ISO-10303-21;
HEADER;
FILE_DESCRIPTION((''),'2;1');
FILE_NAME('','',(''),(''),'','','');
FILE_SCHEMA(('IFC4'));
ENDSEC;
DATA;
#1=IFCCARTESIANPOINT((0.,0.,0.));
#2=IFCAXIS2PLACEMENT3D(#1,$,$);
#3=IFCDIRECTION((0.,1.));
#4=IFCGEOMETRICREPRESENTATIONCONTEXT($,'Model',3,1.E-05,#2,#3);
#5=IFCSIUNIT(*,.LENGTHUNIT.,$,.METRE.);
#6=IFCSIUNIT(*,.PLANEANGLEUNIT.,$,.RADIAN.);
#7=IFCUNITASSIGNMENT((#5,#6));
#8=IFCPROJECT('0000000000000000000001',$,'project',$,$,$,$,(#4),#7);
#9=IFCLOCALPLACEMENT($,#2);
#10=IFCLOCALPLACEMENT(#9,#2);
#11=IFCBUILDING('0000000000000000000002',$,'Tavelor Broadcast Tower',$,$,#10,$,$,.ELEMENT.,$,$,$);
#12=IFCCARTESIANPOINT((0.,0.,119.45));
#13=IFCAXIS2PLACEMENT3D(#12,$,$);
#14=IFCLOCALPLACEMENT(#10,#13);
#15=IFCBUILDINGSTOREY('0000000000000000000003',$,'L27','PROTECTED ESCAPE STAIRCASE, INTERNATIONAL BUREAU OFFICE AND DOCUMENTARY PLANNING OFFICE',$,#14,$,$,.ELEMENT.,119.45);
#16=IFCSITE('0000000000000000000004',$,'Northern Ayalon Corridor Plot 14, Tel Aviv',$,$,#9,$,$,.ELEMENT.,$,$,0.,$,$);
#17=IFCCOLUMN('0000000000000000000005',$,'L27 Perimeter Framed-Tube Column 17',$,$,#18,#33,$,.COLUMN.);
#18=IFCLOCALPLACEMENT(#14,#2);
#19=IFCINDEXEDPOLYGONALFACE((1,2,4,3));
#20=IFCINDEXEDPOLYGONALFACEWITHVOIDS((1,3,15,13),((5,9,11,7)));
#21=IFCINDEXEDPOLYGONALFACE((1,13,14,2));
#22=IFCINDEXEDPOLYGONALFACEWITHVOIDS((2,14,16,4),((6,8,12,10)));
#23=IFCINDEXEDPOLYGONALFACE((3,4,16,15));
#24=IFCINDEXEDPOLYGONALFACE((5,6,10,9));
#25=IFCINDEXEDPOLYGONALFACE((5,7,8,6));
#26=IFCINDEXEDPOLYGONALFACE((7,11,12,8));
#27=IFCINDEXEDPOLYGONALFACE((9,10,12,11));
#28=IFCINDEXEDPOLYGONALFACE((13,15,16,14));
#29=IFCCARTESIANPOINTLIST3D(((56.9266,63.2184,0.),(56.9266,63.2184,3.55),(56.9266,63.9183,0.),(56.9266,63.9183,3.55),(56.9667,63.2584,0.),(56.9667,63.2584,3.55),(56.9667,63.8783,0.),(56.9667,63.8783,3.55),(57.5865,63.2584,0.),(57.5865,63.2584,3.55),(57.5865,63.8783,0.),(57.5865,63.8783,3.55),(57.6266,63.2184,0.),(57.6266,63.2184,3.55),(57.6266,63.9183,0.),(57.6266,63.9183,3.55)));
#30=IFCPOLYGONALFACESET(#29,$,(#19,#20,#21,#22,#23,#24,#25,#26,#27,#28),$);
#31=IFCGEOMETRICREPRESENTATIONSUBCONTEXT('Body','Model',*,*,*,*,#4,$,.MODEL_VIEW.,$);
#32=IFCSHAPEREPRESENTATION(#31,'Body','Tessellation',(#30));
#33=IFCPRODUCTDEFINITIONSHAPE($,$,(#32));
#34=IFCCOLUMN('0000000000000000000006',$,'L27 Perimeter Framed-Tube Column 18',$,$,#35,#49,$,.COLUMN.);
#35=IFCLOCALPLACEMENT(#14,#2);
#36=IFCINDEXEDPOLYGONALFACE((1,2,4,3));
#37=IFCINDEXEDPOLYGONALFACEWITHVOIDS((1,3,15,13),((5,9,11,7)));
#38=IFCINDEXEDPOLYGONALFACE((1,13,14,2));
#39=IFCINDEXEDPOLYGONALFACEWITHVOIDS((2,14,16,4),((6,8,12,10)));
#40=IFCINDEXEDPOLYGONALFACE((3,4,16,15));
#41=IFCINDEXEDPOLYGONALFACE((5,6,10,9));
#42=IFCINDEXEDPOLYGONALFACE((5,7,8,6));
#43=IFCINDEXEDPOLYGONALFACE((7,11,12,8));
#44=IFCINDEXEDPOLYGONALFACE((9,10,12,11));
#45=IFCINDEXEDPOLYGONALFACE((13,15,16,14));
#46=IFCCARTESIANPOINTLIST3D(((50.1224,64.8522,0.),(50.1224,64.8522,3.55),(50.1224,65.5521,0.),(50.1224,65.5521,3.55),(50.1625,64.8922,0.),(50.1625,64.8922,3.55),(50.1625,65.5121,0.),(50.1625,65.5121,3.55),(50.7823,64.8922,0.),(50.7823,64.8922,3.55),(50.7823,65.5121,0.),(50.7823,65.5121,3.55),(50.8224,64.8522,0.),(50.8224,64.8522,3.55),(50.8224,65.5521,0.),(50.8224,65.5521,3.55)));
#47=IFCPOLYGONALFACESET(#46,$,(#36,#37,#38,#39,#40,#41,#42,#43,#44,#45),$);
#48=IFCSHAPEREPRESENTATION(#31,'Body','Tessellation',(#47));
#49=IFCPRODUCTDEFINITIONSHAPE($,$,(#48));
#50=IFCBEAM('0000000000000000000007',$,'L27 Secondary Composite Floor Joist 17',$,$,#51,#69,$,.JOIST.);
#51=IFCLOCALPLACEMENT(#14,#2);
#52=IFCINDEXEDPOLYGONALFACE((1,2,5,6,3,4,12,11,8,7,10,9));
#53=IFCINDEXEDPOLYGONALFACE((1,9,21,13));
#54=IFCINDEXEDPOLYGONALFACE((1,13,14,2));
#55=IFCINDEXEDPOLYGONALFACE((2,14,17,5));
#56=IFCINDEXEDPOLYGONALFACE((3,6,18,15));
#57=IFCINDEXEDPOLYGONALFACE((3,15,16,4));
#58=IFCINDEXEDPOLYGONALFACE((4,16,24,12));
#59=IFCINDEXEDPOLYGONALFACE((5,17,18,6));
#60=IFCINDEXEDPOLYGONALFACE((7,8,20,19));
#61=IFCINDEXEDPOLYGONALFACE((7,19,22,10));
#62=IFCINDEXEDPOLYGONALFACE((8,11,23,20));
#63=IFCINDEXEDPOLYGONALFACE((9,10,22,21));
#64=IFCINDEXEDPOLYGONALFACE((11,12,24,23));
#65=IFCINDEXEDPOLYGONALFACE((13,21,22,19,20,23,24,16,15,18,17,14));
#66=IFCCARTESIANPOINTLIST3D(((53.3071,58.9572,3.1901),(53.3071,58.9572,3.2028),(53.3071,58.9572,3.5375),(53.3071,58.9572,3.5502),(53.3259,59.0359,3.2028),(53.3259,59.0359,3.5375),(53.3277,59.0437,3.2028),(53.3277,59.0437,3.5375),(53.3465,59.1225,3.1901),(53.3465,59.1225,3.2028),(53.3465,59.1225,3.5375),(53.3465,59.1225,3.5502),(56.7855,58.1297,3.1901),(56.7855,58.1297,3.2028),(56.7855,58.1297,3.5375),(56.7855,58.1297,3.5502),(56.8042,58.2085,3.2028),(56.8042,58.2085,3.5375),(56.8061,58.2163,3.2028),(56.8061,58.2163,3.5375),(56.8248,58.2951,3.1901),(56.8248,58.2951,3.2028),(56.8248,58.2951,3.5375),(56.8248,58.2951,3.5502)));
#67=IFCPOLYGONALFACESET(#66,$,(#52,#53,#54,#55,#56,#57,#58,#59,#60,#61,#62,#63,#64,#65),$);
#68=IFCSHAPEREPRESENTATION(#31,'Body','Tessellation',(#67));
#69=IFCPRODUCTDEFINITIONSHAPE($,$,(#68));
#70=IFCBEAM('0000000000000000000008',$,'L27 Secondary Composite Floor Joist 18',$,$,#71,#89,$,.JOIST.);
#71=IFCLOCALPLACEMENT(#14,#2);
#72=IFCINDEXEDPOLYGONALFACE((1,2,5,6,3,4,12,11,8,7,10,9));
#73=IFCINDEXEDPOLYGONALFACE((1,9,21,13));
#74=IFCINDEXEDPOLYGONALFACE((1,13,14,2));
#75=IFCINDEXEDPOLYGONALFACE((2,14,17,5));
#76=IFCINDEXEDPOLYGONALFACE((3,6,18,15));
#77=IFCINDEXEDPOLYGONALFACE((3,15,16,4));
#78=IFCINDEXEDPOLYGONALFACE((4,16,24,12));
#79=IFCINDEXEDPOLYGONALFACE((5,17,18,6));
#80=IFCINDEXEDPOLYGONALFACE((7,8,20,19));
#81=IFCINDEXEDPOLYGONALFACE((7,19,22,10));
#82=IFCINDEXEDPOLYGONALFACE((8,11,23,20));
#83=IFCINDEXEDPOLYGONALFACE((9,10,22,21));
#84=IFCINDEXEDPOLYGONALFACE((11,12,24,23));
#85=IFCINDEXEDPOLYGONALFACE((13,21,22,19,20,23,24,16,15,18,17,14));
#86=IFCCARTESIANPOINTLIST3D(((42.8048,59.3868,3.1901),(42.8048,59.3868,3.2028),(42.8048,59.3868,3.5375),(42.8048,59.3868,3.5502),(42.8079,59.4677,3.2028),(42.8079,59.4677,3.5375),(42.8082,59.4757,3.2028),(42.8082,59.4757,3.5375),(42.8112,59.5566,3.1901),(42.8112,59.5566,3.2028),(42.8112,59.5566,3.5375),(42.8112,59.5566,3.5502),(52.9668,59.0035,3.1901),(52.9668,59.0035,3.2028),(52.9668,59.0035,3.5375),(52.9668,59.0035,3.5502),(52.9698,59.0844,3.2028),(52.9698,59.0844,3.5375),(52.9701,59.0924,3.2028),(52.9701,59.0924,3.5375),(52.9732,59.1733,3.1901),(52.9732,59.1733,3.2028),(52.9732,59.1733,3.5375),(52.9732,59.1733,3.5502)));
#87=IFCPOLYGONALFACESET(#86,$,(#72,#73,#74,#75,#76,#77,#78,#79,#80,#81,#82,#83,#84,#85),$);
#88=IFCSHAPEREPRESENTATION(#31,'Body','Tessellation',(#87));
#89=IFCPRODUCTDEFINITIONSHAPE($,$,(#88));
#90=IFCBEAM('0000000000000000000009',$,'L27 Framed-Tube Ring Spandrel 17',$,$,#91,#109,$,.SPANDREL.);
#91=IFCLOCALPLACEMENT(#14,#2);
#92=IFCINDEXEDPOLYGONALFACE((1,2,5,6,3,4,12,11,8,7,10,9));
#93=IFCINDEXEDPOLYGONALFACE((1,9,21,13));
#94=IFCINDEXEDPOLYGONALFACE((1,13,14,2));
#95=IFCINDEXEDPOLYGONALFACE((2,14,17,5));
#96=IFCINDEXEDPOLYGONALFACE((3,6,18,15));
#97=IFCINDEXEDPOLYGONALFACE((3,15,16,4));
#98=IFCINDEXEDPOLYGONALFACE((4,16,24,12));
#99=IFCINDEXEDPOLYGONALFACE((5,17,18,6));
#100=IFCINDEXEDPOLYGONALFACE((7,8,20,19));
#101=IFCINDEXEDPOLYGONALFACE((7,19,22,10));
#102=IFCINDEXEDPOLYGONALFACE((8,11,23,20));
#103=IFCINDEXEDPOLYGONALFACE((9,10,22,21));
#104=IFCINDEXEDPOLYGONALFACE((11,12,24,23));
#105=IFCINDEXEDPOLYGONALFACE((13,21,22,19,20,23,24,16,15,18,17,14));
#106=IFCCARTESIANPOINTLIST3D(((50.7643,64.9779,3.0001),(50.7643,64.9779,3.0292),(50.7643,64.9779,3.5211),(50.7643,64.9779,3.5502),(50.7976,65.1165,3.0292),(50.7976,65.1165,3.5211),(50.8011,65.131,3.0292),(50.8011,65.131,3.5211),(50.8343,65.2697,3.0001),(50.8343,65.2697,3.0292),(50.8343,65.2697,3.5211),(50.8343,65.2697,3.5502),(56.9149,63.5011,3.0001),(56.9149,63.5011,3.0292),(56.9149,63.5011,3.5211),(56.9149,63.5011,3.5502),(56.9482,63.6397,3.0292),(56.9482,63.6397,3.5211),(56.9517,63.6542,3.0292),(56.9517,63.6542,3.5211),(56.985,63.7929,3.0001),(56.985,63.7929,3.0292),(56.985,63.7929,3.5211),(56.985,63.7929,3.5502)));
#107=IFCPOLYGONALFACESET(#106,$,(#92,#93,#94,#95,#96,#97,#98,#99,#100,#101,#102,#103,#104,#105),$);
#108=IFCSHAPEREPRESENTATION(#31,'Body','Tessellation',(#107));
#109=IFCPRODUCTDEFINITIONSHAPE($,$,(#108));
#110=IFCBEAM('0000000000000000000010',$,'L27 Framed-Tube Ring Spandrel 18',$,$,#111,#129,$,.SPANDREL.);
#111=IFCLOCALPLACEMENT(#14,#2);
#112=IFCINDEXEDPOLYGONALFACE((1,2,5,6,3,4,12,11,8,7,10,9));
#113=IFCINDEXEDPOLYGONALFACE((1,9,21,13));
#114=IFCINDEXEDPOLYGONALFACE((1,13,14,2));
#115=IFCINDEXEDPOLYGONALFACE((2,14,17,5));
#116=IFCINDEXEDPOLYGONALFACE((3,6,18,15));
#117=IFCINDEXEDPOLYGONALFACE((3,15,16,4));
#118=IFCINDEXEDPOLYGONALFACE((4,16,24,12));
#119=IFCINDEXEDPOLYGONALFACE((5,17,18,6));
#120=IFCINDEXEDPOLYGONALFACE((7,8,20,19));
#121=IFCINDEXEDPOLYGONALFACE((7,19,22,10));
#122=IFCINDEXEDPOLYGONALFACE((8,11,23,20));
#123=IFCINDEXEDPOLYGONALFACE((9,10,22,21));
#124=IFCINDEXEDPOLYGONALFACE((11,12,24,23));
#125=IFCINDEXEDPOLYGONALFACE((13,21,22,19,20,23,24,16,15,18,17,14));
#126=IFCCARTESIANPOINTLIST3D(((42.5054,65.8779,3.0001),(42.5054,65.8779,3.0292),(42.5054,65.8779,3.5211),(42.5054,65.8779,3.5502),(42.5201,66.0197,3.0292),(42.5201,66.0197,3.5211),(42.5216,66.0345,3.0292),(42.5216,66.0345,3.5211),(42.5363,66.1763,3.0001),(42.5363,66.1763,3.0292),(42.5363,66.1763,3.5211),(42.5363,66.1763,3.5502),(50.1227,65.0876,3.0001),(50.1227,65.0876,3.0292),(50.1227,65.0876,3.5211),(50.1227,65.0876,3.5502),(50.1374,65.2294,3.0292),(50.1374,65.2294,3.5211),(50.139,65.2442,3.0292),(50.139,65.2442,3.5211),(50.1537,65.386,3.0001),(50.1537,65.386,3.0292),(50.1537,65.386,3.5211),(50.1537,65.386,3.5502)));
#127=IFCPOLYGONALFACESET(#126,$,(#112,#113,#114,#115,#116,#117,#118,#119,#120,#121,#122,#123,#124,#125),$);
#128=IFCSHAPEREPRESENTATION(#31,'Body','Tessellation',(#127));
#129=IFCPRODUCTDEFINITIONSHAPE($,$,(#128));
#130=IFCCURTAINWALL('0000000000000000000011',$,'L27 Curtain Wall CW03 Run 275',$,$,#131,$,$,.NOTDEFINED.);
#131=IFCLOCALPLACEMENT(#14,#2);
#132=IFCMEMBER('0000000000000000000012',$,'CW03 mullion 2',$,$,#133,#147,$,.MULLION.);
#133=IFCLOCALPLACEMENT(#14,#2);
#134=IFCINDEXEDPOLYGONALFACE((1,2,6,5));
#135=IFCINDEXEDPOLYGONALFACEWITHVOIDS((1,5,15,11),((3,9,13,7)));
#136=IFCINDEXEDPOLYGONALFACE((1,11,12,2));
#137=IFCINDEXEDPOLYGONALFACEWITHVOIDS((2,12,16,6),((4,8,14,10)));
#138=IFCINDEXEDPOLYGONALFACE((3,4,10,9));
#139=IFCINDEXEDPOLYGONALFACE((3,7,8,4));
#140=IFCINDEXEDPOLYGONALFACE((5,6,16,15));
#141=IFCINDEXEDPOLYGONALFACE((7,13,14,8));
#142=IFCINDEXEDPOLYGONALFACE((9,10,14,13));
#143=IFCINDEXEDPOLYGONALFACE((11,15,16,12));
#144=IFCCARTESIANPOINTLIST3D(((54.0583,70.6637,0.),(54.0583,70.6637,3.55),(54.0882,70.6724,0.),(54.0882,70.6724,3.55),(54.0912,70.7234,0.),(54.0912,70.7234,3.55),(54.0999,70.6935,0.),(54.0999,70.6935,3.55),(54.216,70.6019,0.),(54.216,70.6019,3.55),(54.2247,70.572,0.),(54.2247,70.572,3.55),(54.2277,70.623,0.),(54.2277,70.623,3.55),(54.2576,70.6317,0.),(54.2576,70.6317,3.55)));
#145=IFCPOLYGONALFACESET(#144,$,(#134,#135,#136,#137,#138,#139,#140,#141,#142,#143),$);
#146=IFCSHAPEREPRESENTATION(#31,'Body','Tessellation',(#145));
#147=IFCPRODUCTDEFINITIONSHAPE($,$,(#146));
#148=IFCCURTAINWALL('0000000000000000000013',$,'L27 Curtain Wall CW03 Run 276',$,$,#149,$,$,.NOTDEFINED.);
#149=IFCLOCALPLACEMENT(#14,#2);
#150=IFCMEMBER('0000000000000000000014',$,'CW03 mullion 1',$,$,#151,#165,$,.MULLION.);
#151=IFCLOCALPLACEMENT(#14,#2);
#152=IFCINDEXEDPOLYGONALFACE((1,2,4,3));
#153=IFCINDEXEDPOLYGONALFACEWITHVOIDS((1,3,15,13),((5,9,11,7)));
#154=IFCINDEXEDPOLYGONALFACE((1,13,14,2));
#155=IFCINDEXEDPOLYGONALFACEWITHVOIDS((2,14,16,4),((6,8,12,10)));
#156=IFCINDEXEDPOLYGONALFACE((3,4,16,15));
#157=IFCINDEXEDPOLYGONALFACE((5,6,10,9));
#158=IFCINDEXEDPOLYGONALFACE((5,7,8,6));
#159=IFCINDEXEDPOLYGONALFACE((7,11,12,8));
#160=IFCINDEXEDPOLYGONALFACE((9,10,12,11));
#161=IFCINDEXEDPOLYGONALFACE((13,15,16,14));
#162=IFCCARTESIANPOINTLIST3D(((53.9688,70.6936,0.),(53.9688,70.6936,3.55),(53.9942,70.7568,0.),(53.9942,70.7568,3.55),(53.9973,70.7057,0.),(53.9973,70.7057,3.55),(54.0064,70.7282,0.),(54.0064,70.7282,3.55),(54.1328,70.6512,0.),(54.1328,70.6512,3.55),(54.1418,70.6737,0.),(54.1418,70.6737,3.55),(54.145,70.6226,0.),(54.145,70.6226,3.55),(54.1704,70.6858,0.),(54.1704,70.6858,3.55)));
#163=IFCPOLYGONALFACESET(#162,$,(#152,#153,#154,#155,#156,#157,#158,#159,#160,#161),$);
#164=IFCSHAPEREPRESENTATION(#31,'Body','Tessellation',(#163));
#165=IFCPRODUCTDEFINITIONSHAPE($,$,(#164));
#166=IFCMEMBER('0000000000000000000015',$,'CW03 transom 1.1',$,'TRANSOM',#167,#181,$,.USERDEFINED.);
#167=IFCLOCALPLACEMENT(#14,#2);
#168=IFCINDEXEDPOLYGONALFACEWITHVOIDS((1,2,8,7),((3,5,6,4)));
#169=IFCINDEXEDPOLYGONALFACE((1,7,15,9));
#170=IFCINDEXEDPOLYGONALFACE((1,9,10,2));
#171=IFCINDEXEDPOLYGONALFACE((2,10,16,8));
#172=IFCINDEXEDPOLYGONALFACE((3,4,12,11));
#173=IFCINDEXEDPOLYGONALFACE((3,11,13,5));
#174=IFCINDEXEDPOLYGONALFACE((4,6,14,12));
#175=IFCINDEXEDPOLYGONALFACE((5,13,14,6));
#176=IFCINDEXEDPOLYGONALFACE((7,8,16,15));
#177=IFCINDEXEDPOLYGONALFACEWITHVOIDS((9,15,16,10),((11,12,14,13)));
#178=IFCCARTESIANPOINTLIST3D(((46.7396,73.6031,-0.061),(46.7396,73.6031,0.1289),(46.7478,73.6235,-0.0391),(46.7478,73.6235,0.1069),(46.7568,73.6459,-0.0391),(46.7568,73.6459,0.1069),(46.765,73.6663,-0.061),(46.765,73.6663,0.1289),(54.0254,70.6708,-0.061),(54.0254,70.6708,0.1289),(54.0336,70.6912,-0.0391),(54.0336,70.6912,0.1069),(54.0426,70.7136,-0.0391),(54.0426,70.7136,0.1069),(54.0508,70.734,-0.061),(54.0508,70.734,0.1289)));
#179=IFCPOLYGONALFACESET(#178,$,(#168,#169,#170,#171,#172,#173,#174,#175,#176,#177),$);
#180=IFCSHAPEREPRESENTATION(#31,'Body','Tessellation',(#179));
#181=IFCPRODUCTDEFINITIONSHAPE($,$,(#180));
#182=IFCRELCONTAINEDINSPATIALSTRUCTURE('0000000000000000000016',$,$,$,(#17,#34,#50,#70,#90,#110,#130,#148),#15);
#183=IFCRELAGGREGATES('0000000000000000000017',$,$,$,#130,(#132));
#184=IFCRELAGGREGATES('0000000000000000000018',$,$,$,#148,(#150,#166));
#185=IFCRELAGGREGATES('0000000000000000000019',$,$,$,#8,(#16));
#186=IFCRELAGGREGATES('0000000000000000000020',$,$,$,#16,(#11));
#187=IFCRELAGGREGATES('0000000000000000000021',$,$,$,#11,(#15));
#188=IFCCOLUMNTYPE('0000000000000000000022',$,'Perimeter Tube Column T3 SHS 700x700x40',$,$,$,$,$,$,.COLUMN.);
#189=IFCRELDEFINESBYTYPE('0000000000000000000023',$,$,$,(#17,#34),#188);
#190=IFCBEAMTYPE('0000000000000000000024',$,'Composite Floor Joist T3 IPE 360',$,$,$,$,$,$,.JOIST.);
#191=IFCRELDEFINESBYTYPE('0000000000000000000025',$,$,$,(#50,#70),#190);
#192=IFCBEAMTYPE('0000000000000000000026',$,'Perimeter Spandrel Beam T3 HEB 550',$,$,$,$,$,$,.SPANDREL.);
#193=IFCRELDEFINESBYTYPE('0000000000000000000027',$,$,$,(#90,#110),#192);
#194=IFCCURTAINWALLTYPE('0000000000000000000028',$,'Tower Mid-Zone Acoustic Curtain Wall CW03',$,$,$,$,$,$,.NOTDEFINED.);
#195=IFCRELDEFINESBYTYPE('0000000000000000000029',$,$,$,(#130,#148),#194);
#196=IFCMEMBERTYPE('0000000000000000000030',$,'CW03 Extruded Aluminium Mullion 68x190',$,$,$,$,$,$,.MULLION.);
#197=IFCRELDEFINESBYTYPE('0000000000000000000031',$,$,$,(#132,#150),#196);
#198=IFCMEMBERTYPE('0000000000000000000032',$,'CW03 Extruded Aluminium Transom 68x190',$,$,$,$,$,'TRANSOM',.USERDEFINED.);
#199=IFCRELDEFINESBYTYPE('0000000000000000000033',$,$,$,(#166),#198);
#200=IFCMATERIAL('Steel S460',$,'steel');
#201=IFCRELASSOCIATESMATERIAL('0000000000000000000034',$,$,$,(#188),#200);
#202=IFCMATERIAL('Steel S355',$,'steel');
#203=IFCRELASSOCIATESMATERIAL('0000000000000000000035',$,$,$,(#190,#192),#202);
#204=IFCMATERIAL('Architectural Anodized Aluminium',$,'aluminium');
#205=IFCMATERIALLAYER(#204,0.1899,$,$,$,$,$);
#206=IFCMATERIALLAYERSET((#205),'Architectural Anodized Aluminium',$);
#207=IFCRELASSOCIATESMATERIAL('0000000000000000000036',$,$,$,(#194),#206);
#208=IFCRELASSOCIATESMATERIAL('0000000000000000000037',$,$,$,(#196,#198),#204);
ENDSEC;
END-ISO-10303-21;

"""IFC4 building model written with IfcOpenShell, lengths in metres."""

from ifc_helpers import new_model, si_unit, direction, frame, origin, origin_2d, place, context, subcontext, project, spatial, hollow_rectangle, i_section, extrude, source, transform, mapped, material, layer, layer_set, material_profile, profile_set, type_object, type_shapes, element, aggregate, save


model = new_model("IFC4")

# Units and contexts
model_context = context("Model", 3, precision=1e-05, world=origin(), true_north=direction((0.0, 1.0)))
body_context = subcontext(model_context, "Body", "Model", "MODEL_VIEW")
ifc_project = project(units=[si_unit("LENGTHUNIT", "METRE"), si_unit("PLANEANGLEUNIT", "RADIAN")], contexts=[model_context])

# Site, building, storey
site_placement = place(None, origin())
site = spatial("IfcSite", under=ifc_project, at=site_placement, Name="Northern Ayalon Corridor Plot 14, Tel Aviv", CompositionType="ELEMENT", RefElevation=0.0)
building_placement = place(site_placement, origin())
building = spatial("IfcBuilding", under=site, at=building_placement, Name="Tavelor Broadcast Tower", CompositionType="ELEMENT")
storey_placement = place(building_placement, frame((0.0, 0.0, 119.45)))
storey = spatial("IfcBuildingStorey", under=building, at=storey_placement, Name="L27", Description="PROTECTED ESCAPE STAIRCASE, INTERNATIONAL BUREAU OFFICE AND DOCUMENTARY PLANNING OFFICE", CompositionType="ELEMENT", Elevation=119.45)

# Columns
ifc_material_1 = material(Name="Steel S460", Category="steel")
ifc_material_profile_1 = material_profile(ifc_material_1, hollow_rectangle(XDim=0.7, YDim=0.7, WallThickness=0.04, at=origin_2d()), Name="SHS 700x700x40")
ifc_profile_set_1 = profile_set([ifc_material_profile_1], Name="Steel S460")
column_type = type_object("IfcColumnType", Name="Perimeter Tube Column T3 SHS 700x700x40", PredefinedType="COLUMN", material=ifc_profile_set_1)
for number, where, z_axis, x_axis, name in (
    (1, (57.2766, 63.5684, 0.0), (0.0, 0.0, 1.0), (1.0, 0.0, 0.0), "L27 Perimeter Framed-Tube Column 17"),
    (2, (50.4724, 65.2021, 0.0), (0.0, 0.0, 1.0), (1.0, 0.0, 0.0), "L27 Perimeter Framed-Tube Column 18"),
):
    element("IfcColumn", number, at=place(storey_placement, frame(where, z_axis=z_axis, x_axis=x_axis)), inside=storey, type_object=column_type, Name=name, PredefinedType="COLUMN", context=body_context, shape_type="SweptSolid", body=[
        extrude(hollow_rectangle(XDim=0.7, YDim=0.7, WallThickness=0.04, at=origin_2d()), origin(), (0.0, 0.0, 1.0), 3.55),
    ])

# Beams
ifc_material_2 = material(Name="Steel S355", Category="steel")
ifc_material_profile_2 = material_profile(ifc_material_2, i_section(OverallWidth=0.1699, OverallDepth=0.3601, WebThickness=0.0081, FlangeThickness=0.0127, at=origin_2d()), Name="IPE 360")
ifc_profile_set_2 = profile_set([ifc_material_profile_2], Name="Steel S355")
beam_type_1 = type_object("IfcBeamType", Name="Composite Floor Joist T3 IPE 360", PredefinedType="JOIST", material=ifc_profile_set_2)
beam_1_placement = place(storey_placement, frame((56.8052, 58.2124, 3.3701), z_axis=(-0.972855, 0.231417, 0.0), x_axis=(-0.231417, -0.972855, 0.0)))
element("IfcBeam", 3, at=beam_1_placement, inside=storey, type_object=beam_type_1, Name="L27 Secondary Composite Floor Joist 17", PredefinedType="JOIST", context=body_context, shape_type="SweptSolid", body=[
    extrude(i_section(OverallWidth=0.1699, OverallDepth=0.3601, WebThickness=0.0081, FlangeThickness=0.0127, at=origin_2d()), origin(), (0.0, 0.0, 1.0), 3.5754),
])
beam_2_placement = place(storey_placement, frame((52.97, 59.0884, 3.3701), z_axis=(-0.999289, 0.037693, 0.0), x_axis=(-0.037693, -0.999289, 0.0)))
element("IfcBeam", 4, at=beam_2_placement, inside=storey, type_object=beam_type_1, Name="L27 Secondary Composite Floor Joist 18", PredefinedType="JOIST", context=body_context, shape_type="SweptSolid", body=[
    extrude(i_section(OverallWidth=0.1699, OverallDepth=0.3601, WebThickness=0.0081, FlangeThickness=0.0127, at=origin_2d()), origin(), (0.0, 0.0, 1.0), 10.1692),
])
ifc_material_profile_3 = material_profile(ifc_material_2, i_section(OverallWidth=0.3, OverallDepth=0.55, WebThickness=0.0149, FlangeThickness=0.0291, at=origin_2d()), Name="HEB 550")
ifc_profile_set_3 = profile_set([ifc_material_profile_3], Name="Steel S355")
beam_type_2 = type_object("IfcBeamType", Name="Perimeter Spandrel Beam T3 HEB 550", PredefinedType="SPANDREL", material=ifc_profile_set_3)
beam_3_placement = place(storey_placement, frame((56.95, 63.647, 3.2751), z_axis=(-0.972364, 0.233471, 0.0), x_axis=(-0.233471, -0.972364, 0.0)))
element("IfcBeam", 5, at=beam_3_placement, inside=storey, type_object=beam_type_2, Name="L27 Framed-Tube Ring Spandrel 17", PredefinedType="SPANDREL", context=body_context, shape_type="SweptSolid", body=[
    extrude(i_section(OverallWidth=0.3, OverallDepth=0.55, WebThickness=0.0149, FlangeThickness=0.0291, at=origin_2d()), origin(), (0.0, 0.0, 1.0), 6.3254),
])
beam_4_placement = place(storey_placement, frame((50.1382, 65.2368, 3.2751), z_axis=(-0.994661, 0.103193, 0.0), x_axis=(-0.103193, -0.994661, 0.0)))
element("IfcBeam", 6, at=beam_4_placement, inside=storey, type_object=beam_type_2, Name="L27 Framed-Tube Ring Spandrel 18", PredefinedType="SPANDREL", context=body_context, shape_type="SweptSolid", body=[
    extrude(i_section(OverallWidth=0.3, OverallDepth=0.55, WebThickness=0.0149, FlangeThickness=0.0291, at=origin_2d()), origin(), (0.0, 0.0, 1.0), 7.6582),
])

# Curtain wall, member
ifc_material_3 = material(Name="Architectural Anodized Aluminium", Category="aluminium")
ifc_layer_1 = layer(ifc_material_3, 0.1899)
ifc_layer_set_1 = layer_set([ifc_layer_1], Name="Architectural Anodized Aluminium")
curtain_wall_type = type_object("IfcCurtainWallType", Name="Tower Mid-Zone Acoustic Curtain Wall CW03", PredefinedType="NOTDEFINED", material=ifc_layer_set_1)
curtain_wall_1_placement = place(storey_placement, origin())
curtain_wall_1 = element("IfcCurtainWall", 7, at=curtain_wall_1_placement, inside=storey, type_object=curtain_wall_type, Name="L27 Curtain Wall CW03 Run 275", PredefinedType="NOTDEFINED")
ifc_material_profile_4 = material_profile(ifc_material_3, hollow_rectangle(XDim=0.0681, YDim=0.1899, WallThickness=0.022, at=origin_2d()), Name="RHS 68x190x22")
ifc_profile_set_4 = profile_set([ifc_material_profile_4], Name="Architectural Anodized Aluminium")
member_type_1 = type_object("IfcMemberType", Name="CW03 Extruded Aluminium Mullion 68x190", PredefinedType="MULLION", material=ifc_profile_set_4)
shared_shape_1 = source(origin(), body_context, "Body", "SweptSolid", [
    extrude(hollow_rectangle(XDim=0.0681, YDim=0.1899, WallThickness=0.022, at=origin_2d()), origin(), (0.0, 0.0, 1.0), 3.55),
])
type_shapes(member_type_1, [shared_shape_1])
member_1_placement = place(storey_placement, frame((54.158, 70.6477, 0.0), z_axis=(0.0, 0.0, 1.0), x_axis=(-0.482888, -0.875682, 0.0)))
member_1 = element("IfcMember", 8, at=member_1_placement, type_object=member_type_1, Name="CW03 mullion 2", PredefinedType="MULLION", context=body_context, shape_type="MappedRepresentation", body=[
    mapped(shared_shape_1, transform((0.0, 0.0, 0.0), scale=1.0)),
])

# Curtain wall, members
curtain_wall_2_placement = place(storey_placement, origin())
curtain_wall_2 = element("IfcCurtainWall", 9, at=curtain_wall_2_placement, inside=storey, type_object=curtain_wall_type, Name="L27 Curtain Wall CW03 Run 276", PredefinedType="NOTDEFINED")
member_2_placement = place(storey_placement, frame((54.0696, 70.6897, 0.0), z_axis=(0.0, 0.0, 1.0), x_axis=(-0.373371, -0.927682, 0.0)))
member_2 = element("IfcMember", 10, at=member_2_placement, type_object=member_type_1, Name="CW03 mullion 1", PredefinedType="MULLION", context=body_context, shape_type="MappedRepresentation", body=[
    mapped(shared_shape_1, transform((0.0, 0.0, 0.0), scale=1.0)),
])
ifc_material_profile_5 = material_profile(ifc_material_3, hollow_rectangle(XDim=0.0681, YDim=0.1899, WallThickness=0.022, at=origin_2d()), Name="RHS 68x190x22")
ifc_profile_set_5 = profile_set([ifc_material_profile_5], Name="Architectural Anodized Aluminium")
member_type_2 = type_object("IfcMemberType", Name="CW03 Extruded Aluminium Transom 68x190", ElementType="TRANSOM", PredefinedType="USERDEFINED", material=ifc_profile_set_5)
shared_shape_2 = source(origin(), body_context, "Body", "SweptSolid", [
    extrude(hollow_rectangle(XDim=0.0681, YDim=0.1899, WallThickness=0.022, at=origin_2d()), origin(), (0.0, 0.0, 1.0), 7.8538),
])
type_shapes(member_type_2, [shared_shape_2])
member_3_placement = place(storey_placement, frame((54.0381, 70.7024, 0.0339), z_axis=(-0.927684, 0.373368, 0.0), x_axis=(-0.373368, -0.927684, 0.0)))
member_3 = element("IfcMember", 11, at=member_3_placement, type_object=member_type_2, Name="CW03 transom 1.1", ObjectType="TRANSOM", PredefinedType="USERDEFINED", context=body_context, shape_type="MappedRepresentation", body=[
    mapped(shared_shape_2, transform((0.0, 0.0, 0.0), scale=1.0)),
])

aggregate(curtain_wall_1, [member_1])
aggregate(curtain_wall_2, [member_2, member_3])

save(model, "model.ifc")
